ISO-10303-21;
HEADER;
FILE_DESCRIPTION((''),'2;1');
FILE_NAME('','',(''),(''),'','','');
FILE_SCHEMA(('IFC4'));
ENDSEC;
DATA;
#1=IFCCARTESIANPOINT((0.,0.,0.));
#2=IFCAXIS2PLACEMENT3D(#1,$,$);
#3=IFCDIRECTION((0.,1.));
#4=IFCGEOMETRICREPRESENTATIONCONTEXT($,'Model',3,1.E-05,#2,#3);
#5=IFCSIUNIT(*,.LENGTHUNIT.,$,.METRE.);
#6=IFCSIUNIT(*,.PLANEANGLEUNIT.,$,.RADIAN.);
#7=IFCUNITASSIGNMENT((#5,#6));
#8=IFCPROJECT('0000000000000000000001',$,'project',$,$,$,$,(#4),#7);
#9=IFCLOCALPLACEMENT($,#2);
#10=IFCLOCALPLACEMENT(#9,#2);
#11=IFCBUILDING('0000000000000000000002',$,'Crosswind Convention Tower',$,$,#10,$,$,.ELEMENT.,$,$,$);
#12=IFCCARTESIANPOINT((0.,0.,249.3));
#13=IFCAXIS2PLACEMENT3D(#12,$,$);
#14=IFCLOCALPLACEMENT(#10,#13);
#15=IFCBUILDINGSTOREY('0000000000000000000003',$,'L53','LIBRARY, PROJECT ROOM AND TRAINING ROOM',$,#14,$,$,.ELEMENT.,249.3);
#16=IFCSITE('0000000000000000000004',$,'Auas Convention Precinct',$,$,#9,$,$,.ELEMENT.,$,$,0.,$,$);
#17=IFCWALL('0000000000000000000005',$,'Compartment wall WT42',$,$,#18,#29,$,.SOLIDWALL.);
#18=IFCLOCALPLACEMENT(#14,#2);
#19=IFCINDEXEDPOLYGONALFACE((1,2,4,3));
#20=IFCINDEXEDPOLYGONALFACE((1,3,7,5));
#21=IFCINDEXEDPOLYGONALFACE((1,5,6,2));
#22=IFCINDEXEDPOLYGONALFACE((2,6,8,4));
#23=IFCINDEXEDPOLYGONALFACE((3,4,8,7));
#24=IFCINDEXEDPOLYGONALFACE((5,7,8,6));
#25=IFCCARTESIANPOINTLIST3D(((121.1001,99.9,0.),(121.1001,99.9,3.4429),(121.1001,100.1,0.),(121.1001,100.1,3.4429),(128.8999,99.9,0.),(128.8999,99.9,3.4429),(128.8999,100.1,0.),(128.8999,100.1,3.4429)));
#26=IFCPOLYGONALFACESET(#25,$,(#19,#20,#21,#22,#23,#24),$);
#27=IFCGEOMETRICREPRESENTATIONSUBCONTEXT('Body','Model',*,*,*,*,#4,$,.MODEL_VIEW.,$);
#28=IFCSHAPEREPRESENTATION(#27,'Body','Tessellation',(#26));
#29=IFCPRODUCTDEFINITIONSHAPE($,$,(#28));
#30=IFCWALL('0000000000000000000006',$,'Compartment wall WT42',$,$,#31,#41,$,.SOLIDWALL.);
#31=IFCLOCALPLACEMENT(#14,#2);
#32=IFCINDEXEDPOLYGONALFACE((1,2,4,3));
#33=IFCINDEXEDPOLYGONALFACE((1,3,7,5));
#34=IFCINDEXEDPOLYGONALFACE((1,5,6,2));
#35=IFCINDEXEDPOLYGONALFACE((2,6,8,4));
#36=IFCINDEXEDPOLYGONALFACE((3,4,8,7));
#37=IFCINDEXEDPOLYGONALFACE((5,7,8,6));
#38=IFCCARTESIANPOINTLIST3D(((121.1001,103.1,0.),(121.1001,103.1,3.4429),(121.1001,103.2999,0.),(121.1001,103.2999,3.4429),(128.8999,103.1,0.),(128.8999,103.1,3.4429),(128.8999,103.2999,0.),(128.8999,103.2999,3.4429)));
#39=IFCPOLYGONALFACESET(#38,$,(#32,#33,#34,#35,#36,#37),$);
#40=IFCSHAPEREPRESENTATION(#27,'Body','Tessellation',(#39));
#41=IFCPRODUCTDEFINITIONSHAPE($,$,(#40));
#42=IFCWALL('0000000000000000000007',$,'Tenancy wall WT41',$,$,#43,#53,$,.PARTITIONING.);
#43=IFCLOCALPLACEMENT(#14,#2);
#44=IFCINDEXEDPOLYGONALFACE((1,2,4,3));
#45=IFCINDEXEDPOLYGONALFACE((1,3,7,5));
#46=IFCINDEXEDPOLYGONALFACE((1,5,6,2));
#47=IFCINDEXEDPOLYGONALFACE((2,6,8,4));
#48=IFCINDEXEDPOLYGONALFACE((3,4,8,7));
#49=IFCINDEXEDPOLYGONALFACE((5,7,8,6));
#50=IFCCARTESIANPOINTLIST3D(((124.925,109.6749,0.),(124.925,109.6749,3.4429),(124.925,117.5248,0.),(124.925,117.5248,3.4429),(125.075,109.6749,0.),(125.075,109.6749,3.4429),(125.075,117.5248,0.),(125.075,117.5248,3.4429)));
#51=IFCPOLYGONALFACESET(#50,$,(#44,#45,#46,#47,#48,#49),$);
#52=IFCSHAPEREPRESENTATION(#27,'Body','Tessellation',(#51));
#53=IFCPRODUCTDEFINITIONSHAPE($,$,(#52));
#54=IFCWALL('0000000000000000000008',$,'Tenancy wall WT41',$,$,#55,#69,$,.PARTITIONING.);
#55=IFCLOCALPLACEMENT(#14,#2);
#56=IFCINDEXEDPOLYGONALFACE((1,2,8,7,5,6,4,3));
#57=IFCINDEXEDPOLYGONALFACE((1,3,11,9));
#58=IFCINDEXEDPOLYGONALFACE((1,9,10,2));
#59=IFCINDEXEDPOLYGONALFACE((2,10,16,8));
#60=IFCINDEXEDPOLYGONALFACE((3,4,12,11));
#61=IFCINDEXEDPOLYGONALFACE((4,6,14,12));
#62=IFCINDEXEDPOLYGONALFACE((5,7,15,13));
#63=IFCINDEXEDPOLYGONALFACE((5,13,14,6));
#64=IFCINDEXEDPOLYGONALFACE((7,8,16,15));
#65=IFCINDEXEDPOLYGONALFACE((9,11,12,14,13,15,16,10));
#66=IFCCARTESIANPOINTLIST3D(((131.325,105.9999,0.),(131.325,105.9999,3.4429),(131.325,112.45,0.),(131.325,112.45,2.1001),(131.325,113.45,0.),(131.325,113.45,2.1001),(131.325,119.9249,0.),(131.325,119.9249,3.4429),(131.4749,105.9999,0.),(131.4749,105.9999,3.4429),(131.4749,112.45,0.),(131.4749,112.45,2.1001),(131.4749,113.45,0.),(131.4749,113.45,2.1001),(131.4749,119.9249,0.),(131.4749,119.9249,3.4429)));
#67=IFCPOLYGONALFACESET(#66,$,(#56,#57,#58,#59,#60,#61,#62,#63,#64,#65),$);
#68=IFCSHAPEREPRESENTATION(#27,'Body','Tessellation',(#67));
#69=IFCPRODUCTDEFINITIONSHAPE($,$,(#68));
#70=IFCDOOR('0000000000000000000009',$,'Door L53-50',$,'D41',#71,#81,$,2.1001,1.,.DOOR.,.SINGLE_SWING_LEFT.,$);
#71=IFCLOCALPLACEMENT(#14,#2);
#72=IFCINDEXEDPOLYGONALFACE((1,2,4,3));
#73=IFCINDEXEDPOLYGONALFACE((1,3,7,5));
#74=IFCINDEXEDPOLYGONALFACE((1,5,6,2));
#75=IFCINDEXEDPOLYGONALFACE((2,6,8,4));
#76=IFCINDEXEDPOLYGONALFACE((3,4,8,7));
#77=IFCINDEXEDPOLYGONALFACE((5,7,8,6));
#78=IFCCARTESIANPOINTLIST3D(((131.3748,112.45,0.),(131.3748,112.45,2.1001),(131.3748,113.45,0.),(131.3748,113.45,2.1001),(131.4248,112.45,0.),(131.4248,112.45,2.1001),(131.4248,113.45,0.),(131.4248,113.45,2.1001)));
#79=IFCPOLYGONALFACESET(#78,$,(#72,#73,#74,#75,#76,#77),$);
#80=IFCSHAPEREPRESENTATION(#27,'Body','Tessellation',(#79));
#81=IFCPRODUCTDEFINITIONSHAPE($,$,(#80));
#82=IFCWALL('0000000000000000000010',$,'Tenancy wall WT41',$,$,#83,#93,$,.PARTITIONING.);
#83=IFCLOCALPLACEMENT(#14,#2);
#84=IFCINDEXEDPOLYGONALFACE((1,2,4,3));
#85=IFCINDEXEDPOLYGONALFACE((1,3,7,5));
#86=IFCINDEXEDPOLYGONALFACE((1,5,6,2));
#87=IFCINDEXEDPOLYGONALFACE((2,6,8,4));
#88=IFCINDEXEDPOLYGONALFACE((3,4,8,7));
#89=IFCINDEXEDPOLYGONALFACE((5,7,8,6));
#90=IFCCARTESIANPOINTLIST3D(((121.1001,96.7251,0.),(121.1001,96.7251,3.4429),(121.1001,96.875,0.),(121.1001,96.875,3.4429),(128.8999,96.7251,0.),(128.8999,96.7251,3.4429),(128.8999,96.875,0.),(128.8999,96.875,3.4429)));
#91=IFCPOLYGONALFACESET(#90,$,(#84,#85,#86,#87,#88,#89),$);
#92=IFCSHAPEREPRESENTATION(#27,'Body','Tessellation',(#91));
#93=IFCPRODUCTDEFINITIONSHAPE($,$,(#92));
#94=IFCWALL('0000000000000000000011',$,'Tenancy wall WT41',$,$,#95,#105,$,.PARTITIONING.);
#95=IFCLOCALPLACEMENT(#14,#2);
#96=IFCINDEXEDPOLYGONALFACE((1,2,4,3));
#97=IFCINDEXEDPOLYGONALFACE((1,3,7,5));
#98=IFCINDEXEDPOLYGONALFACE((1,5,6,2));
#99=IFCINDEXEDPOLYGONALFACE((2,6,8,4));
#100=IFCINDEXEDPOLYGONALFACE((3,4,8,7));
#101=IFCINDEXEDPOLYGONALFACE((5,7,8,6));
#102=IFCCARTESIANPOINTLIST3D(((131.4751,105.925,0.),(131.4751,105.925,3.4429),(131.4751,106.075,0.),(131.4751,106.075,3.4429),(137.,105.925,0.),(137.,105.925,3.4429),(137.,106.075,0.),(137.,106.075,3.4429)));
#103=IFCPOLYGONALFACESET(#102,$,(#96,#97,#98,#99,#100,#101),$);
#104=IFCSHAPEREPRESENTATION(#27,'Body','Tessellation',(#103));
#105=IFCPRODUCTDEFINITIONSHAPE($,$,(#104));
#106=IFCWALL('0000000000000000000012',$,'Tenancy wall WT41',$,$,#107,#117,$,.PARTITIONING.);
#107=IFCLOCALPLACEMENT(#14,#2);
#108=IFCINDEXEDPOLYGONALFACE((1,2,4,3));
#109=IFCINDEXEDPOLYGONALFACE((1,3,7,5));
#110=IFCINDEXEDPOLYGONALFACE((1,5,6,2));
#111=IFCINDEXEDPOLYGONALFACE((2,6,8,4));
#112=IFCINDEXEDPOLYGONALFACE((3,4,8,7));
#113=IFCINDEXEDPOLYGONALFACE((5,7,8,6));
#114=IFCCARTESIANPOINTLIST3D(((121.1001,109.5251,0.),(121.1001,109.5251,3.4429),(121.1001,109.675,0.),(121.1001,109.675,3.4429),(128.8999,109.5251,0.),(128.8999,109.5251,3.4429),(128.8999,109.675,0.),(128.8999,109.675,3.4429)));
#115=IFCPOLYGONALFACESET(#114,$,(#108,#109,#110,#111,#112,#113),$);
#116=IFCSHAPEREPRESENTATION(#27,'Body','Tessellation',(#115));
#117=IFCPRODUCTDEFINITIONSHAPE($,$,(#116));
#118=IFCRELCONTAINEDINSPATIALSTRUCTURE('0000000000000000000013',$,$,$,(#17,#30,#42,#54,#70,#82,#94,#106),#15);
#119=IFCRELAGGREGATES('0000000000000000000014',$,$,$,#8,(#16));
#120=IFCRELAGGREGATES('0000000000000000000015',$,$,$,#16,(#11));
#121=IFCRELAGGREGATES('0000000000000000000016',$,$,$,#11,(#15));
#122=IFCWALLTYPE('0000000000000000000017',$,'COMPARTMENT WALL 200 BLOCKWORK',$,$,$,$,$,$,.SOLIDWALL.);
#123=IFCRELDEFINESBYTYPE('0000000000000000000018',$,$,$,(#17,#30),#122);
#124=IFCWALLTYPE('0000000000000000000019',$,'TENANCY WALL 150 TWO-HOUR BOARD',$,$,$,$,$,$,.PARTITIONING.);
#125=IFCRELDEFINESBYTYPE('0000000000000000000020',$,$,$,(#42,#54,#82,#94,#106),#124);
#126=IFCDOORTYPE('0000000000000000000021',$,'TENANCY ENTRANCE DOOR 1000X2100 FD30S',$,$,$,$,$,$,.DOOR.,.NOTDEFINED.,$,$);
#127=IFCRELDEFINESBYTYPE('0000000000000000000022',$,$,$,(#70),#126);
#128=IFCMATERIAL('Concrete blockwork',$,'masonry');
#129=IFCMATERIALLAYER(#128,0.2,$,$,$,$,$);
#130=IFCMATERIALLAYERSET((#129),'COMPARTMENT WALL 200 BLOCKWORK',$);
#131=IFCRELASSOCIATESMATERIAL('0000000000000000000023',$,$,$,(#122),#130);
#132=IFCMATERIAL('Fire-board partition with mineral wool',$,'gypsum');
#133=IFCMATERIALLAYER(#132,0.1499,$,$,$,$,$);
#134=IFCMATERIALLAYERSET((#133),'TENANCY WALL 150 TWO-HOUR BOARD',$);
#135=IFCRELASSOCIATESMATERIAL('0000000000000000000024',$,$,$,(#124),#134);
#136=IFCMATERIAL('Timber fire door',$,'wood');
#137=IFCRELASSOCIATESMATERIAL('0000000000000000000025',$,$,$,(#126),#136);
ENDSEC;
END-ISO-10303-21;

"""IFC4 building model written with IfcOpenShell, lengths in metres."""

from ifc_helpers import new_model, si_unit, direction, frame, frame_2d, origin, place, context, subcontext, project, spatial, rectangle, extrude, material, layer, layer_set, type_object, element, fill, save


model = new_model("IFC4")

# Units and contexts
model_context = context("Model", 3, precision=1e-05, world=origin(), true_north=direction((0.0, 1.0)))
body_context = subcontext(model_context, "Body", "Model", "MODEL_VIEW")
ifc_project = project(units=[si_unit("LENGTHUNIT", "METRE"), si_unit("PLANEANGLEUNIT", "RADIAN")], contexts=[model_context])

# Site, building, storey
site_placement = place(None, origin())
site = spatial("IfcSite", under=ifc_project, at=site_placement, Name="Auas Convention Precinct", CompositionType="ELEMENT", RefElevation=0.0)
building_placement = place(site_placement, origin())
building = spatial("IfcBuilding", under=site, at=building_placement, Name="Crosswind Convention Tower", CompositionType="ELEMENT")
storey_placement = place(building_placement, frame((0.0, 0.0, 249.3)))
storey = spatial("IfcBuildingStorey", under=building, at=storey_placement, Name="L53", Description="LIBRARY, PROJECT ROOM AND TRAINING ROOM", CompositionType="ELEMENT", Elevation=249.3)

# Walls
ifc_material_1 = material(Name="Concrete blockwork", Category="masonry")
ifc_layer_1 = layer(ifc_material_1, 0.2)
ifc_layer_set_1 = layer_set([ifc_layer_1], Name="COMPARTMENT WALL 200 BLOCKWORK")
wall_type_1 = type_object("IfcWallType", Name="COMPARTMENT WALL 200 BLOCKWORK", PredefinedType="SOLIDWALL", material=ifc_layer_set_1)
for number, where, z_axis, x_axis, name in (
    (1, (121.1001, 100.0, 0.0), (0.0, 0.0, 1.0), (1.0, 0.0, 0.0), "Compartment wall WT42"),
    (2, (121.1001, 103.2, 0.0), (0.0, 0.0, 1.0), (1.0, 0.0, 0.0), "Compartment wall WT42"),
):
    element("IfcWall", number, at=place(storey_placement, frame(where, z_axis=z_axis, x_axis=x_axis)), inside=storey, type_object=wall_type_1, Name=name, PredefinedType="SOLIDWALL", context=body_context, shape_type="SweptSolid", body=[
        extrude(rectangle(XDim=7.7998, YDim=0.2, at=frame_2d((3.8999, 0.0))), origin(), (0.0, 0.0, 1.0), 3.4429),
    ])
ifc_material_2 = material(Name="Fire-board partition with mineral wool", Category="gypsum")
ifc_layer_2 = layer(ifc_material_2, 0.1499)
ifc_layer_set_2 = layer_set([ifc_layer_2], Name="TENANCY WALL 150 TWO-HOUR BOARD")
wall_type_2 = type_object("IfcWallType", Name="TENANCY WALL 150 TWO-HOUR BOARD", PredefinedType="PARTITIONING", material=ifc_layer_set_2)
wall_1_placement = place(storey_placement, frame((125.0, 109.675, 0.0), z_axis=(0.0, 0.0, 1.0), x_axis=(0.0, 1.0, 0.0)))
element("IfcWall", 3, at=wall_1_placement, inside=storey, type_object=wall_type_2, Name="Tenancy wall WT41", PredefinedType="PARTITIONING", context=body_context, shape_type="SweptSolid", body=[
    extrude(rectangle(XDim=7.8499, YDim=0.1499, at=frame_2d((3.9248, 0.0))), origin(), (0.0, 0.0, 1.0), 3.4429),
])

# Wall, opening, door
wall_2_placement = place(storey_placement, frame((131.3999, 106.0, 0.0), z_axis=(0.0, 0.0, 1.0), x_axis=(0.0, 1.0, 0.0)))
wall_2 = element("IfcWall", 4, at=wall_2_placement, inside=storey, type_object=wall_type_2, Name="Tenancy wall WT41", PredefinedType="PARTITIONING", context=body_context, shape_type="SweptSolid", body=[
    extrude(rectangle(XDim=13.925, YDim=0.1499, at=frame_2d((6.9624, 0.0))), origin(), (0.0, 0.0, 1.0), 3.4429),
])
opening_placement = place(wall_2_placement, frame((6.45, 0.0, 0.0)))
opening = element("IfcOpeningElement", 5, at=opening_placement, cuts=wall_2, PredefinedType="OPENING", context=body_context, shape_type="SweptSolid", body=[
    extrude(rectangle(XDim=1.0, YDim=2.1001, at=frame_2d((0.5, 1.05))), frame((0.0, 0.085, 0.0), z_axis=(0.0, -1.0, 0.0), x_axis=(1.0, 0.0, 0.0)), (0.0, 0.0, 1.0), 0.1699),
])
ifc_material_3 = material(Name="Timber fire door", Category="wood")
door_type = type_object("IfcDoorType", Name="TENANCY ENTRANCE DOOR 1000X2100 FD30S", OperationType="NOTDEFINED", PredefinedType="DOOR", material=ifc_material_3)
door_placement = place(opening_placement, frame((1.0, 0.0, 0.0), z_axis=(0.0, 0.0, 1.0), x_axis=(-1.0, 0.0, 0.0)))
door = element("IfcDoor", 6, at=door_placement, inside=storey, type_object=door_type, Name="Door L53-50", ObjectType="D41", OperationType="SINGLE_SWING_LEFT", OverallHeight=2.1001, OverallWidth=1.0, PredefinedType="DOOR", context=body_context, shape_type="SweptSolid", body=[
    extrude(rectangle(XDim=1.0, YDim=2.1001, at=frame_2d((0.5, 1.05))), frame((0.0, 0.0249, 0.0), z_axis=(0.0, -1.0, 0.0), x_axis=(1.0, 0.0, 0.0)), (0.0, 0.0, 1.0), 0.05),
])
fill(opening, door)

# Walls
wall_3_placement = place(storey_placement, frame((121.1001, 96.8, 0.0), z_axis=(0.0, 0.0, 1.0), x_axis=(1.0, 0.0, 0.0)))
element("IfcWall", 7, at=wall_3_placement, inside=storey, type_object=wall_type_2, Name="Tenancy wall WT41", PredefinedType="PARTITIONING", context=body_context, shape_type="SweptSolid", body=[
    extrude(rectangle(XDim=7.7998, YDim=0.1499, at=frame_2d((3.8999, 0.0))), origin(), (0.0, 0.0, 1.0), 3.4429),
])
wall_4_placement = place(storey_placement, frame((131.4751, 106.0, 0.0), z_axis=(0.0, 0.0, 1.0), x_axis=(1.0, 0.0, 0.0)))
element("IfcWall", 8, at=wall_4_placement, inside=storey, type_object=wall_type_2, Name="Tenancy wall WT41", PredefinedType="PARTITIONING", context=body_context, shape_type="SweptSolid", body=[
    extrude(rectangle(XDim=5.5249, YDim=0.1499, at=frame_2d((2.7625, 0.0))), origin(), (0.0, 0.0, 1.0), 3.4429),
])
wall_5_placement = place(storey_placement, frame((121.1001, 109.6001, 0.0), z_axis=(0.0, 0.0, 1.0), x_axis=(1.0, 0.0, 0.0)))
element("IfcWall", 9, at=wall_5_placement, inside=storey, type_object=wall_type_2, Name="Tenancy wall WT41", PredefinedType="PARTITIONING", context=body_context, shape_type="SweptSolid", body=[
    extrude(rectangle(XDim=7.7998, YDim=0.1499, at=frame_2d((3.8999, 0.0))), origin(), (0.0, 0.0, 1.0), 3.4429),
])

save(model, "model.ifc")
